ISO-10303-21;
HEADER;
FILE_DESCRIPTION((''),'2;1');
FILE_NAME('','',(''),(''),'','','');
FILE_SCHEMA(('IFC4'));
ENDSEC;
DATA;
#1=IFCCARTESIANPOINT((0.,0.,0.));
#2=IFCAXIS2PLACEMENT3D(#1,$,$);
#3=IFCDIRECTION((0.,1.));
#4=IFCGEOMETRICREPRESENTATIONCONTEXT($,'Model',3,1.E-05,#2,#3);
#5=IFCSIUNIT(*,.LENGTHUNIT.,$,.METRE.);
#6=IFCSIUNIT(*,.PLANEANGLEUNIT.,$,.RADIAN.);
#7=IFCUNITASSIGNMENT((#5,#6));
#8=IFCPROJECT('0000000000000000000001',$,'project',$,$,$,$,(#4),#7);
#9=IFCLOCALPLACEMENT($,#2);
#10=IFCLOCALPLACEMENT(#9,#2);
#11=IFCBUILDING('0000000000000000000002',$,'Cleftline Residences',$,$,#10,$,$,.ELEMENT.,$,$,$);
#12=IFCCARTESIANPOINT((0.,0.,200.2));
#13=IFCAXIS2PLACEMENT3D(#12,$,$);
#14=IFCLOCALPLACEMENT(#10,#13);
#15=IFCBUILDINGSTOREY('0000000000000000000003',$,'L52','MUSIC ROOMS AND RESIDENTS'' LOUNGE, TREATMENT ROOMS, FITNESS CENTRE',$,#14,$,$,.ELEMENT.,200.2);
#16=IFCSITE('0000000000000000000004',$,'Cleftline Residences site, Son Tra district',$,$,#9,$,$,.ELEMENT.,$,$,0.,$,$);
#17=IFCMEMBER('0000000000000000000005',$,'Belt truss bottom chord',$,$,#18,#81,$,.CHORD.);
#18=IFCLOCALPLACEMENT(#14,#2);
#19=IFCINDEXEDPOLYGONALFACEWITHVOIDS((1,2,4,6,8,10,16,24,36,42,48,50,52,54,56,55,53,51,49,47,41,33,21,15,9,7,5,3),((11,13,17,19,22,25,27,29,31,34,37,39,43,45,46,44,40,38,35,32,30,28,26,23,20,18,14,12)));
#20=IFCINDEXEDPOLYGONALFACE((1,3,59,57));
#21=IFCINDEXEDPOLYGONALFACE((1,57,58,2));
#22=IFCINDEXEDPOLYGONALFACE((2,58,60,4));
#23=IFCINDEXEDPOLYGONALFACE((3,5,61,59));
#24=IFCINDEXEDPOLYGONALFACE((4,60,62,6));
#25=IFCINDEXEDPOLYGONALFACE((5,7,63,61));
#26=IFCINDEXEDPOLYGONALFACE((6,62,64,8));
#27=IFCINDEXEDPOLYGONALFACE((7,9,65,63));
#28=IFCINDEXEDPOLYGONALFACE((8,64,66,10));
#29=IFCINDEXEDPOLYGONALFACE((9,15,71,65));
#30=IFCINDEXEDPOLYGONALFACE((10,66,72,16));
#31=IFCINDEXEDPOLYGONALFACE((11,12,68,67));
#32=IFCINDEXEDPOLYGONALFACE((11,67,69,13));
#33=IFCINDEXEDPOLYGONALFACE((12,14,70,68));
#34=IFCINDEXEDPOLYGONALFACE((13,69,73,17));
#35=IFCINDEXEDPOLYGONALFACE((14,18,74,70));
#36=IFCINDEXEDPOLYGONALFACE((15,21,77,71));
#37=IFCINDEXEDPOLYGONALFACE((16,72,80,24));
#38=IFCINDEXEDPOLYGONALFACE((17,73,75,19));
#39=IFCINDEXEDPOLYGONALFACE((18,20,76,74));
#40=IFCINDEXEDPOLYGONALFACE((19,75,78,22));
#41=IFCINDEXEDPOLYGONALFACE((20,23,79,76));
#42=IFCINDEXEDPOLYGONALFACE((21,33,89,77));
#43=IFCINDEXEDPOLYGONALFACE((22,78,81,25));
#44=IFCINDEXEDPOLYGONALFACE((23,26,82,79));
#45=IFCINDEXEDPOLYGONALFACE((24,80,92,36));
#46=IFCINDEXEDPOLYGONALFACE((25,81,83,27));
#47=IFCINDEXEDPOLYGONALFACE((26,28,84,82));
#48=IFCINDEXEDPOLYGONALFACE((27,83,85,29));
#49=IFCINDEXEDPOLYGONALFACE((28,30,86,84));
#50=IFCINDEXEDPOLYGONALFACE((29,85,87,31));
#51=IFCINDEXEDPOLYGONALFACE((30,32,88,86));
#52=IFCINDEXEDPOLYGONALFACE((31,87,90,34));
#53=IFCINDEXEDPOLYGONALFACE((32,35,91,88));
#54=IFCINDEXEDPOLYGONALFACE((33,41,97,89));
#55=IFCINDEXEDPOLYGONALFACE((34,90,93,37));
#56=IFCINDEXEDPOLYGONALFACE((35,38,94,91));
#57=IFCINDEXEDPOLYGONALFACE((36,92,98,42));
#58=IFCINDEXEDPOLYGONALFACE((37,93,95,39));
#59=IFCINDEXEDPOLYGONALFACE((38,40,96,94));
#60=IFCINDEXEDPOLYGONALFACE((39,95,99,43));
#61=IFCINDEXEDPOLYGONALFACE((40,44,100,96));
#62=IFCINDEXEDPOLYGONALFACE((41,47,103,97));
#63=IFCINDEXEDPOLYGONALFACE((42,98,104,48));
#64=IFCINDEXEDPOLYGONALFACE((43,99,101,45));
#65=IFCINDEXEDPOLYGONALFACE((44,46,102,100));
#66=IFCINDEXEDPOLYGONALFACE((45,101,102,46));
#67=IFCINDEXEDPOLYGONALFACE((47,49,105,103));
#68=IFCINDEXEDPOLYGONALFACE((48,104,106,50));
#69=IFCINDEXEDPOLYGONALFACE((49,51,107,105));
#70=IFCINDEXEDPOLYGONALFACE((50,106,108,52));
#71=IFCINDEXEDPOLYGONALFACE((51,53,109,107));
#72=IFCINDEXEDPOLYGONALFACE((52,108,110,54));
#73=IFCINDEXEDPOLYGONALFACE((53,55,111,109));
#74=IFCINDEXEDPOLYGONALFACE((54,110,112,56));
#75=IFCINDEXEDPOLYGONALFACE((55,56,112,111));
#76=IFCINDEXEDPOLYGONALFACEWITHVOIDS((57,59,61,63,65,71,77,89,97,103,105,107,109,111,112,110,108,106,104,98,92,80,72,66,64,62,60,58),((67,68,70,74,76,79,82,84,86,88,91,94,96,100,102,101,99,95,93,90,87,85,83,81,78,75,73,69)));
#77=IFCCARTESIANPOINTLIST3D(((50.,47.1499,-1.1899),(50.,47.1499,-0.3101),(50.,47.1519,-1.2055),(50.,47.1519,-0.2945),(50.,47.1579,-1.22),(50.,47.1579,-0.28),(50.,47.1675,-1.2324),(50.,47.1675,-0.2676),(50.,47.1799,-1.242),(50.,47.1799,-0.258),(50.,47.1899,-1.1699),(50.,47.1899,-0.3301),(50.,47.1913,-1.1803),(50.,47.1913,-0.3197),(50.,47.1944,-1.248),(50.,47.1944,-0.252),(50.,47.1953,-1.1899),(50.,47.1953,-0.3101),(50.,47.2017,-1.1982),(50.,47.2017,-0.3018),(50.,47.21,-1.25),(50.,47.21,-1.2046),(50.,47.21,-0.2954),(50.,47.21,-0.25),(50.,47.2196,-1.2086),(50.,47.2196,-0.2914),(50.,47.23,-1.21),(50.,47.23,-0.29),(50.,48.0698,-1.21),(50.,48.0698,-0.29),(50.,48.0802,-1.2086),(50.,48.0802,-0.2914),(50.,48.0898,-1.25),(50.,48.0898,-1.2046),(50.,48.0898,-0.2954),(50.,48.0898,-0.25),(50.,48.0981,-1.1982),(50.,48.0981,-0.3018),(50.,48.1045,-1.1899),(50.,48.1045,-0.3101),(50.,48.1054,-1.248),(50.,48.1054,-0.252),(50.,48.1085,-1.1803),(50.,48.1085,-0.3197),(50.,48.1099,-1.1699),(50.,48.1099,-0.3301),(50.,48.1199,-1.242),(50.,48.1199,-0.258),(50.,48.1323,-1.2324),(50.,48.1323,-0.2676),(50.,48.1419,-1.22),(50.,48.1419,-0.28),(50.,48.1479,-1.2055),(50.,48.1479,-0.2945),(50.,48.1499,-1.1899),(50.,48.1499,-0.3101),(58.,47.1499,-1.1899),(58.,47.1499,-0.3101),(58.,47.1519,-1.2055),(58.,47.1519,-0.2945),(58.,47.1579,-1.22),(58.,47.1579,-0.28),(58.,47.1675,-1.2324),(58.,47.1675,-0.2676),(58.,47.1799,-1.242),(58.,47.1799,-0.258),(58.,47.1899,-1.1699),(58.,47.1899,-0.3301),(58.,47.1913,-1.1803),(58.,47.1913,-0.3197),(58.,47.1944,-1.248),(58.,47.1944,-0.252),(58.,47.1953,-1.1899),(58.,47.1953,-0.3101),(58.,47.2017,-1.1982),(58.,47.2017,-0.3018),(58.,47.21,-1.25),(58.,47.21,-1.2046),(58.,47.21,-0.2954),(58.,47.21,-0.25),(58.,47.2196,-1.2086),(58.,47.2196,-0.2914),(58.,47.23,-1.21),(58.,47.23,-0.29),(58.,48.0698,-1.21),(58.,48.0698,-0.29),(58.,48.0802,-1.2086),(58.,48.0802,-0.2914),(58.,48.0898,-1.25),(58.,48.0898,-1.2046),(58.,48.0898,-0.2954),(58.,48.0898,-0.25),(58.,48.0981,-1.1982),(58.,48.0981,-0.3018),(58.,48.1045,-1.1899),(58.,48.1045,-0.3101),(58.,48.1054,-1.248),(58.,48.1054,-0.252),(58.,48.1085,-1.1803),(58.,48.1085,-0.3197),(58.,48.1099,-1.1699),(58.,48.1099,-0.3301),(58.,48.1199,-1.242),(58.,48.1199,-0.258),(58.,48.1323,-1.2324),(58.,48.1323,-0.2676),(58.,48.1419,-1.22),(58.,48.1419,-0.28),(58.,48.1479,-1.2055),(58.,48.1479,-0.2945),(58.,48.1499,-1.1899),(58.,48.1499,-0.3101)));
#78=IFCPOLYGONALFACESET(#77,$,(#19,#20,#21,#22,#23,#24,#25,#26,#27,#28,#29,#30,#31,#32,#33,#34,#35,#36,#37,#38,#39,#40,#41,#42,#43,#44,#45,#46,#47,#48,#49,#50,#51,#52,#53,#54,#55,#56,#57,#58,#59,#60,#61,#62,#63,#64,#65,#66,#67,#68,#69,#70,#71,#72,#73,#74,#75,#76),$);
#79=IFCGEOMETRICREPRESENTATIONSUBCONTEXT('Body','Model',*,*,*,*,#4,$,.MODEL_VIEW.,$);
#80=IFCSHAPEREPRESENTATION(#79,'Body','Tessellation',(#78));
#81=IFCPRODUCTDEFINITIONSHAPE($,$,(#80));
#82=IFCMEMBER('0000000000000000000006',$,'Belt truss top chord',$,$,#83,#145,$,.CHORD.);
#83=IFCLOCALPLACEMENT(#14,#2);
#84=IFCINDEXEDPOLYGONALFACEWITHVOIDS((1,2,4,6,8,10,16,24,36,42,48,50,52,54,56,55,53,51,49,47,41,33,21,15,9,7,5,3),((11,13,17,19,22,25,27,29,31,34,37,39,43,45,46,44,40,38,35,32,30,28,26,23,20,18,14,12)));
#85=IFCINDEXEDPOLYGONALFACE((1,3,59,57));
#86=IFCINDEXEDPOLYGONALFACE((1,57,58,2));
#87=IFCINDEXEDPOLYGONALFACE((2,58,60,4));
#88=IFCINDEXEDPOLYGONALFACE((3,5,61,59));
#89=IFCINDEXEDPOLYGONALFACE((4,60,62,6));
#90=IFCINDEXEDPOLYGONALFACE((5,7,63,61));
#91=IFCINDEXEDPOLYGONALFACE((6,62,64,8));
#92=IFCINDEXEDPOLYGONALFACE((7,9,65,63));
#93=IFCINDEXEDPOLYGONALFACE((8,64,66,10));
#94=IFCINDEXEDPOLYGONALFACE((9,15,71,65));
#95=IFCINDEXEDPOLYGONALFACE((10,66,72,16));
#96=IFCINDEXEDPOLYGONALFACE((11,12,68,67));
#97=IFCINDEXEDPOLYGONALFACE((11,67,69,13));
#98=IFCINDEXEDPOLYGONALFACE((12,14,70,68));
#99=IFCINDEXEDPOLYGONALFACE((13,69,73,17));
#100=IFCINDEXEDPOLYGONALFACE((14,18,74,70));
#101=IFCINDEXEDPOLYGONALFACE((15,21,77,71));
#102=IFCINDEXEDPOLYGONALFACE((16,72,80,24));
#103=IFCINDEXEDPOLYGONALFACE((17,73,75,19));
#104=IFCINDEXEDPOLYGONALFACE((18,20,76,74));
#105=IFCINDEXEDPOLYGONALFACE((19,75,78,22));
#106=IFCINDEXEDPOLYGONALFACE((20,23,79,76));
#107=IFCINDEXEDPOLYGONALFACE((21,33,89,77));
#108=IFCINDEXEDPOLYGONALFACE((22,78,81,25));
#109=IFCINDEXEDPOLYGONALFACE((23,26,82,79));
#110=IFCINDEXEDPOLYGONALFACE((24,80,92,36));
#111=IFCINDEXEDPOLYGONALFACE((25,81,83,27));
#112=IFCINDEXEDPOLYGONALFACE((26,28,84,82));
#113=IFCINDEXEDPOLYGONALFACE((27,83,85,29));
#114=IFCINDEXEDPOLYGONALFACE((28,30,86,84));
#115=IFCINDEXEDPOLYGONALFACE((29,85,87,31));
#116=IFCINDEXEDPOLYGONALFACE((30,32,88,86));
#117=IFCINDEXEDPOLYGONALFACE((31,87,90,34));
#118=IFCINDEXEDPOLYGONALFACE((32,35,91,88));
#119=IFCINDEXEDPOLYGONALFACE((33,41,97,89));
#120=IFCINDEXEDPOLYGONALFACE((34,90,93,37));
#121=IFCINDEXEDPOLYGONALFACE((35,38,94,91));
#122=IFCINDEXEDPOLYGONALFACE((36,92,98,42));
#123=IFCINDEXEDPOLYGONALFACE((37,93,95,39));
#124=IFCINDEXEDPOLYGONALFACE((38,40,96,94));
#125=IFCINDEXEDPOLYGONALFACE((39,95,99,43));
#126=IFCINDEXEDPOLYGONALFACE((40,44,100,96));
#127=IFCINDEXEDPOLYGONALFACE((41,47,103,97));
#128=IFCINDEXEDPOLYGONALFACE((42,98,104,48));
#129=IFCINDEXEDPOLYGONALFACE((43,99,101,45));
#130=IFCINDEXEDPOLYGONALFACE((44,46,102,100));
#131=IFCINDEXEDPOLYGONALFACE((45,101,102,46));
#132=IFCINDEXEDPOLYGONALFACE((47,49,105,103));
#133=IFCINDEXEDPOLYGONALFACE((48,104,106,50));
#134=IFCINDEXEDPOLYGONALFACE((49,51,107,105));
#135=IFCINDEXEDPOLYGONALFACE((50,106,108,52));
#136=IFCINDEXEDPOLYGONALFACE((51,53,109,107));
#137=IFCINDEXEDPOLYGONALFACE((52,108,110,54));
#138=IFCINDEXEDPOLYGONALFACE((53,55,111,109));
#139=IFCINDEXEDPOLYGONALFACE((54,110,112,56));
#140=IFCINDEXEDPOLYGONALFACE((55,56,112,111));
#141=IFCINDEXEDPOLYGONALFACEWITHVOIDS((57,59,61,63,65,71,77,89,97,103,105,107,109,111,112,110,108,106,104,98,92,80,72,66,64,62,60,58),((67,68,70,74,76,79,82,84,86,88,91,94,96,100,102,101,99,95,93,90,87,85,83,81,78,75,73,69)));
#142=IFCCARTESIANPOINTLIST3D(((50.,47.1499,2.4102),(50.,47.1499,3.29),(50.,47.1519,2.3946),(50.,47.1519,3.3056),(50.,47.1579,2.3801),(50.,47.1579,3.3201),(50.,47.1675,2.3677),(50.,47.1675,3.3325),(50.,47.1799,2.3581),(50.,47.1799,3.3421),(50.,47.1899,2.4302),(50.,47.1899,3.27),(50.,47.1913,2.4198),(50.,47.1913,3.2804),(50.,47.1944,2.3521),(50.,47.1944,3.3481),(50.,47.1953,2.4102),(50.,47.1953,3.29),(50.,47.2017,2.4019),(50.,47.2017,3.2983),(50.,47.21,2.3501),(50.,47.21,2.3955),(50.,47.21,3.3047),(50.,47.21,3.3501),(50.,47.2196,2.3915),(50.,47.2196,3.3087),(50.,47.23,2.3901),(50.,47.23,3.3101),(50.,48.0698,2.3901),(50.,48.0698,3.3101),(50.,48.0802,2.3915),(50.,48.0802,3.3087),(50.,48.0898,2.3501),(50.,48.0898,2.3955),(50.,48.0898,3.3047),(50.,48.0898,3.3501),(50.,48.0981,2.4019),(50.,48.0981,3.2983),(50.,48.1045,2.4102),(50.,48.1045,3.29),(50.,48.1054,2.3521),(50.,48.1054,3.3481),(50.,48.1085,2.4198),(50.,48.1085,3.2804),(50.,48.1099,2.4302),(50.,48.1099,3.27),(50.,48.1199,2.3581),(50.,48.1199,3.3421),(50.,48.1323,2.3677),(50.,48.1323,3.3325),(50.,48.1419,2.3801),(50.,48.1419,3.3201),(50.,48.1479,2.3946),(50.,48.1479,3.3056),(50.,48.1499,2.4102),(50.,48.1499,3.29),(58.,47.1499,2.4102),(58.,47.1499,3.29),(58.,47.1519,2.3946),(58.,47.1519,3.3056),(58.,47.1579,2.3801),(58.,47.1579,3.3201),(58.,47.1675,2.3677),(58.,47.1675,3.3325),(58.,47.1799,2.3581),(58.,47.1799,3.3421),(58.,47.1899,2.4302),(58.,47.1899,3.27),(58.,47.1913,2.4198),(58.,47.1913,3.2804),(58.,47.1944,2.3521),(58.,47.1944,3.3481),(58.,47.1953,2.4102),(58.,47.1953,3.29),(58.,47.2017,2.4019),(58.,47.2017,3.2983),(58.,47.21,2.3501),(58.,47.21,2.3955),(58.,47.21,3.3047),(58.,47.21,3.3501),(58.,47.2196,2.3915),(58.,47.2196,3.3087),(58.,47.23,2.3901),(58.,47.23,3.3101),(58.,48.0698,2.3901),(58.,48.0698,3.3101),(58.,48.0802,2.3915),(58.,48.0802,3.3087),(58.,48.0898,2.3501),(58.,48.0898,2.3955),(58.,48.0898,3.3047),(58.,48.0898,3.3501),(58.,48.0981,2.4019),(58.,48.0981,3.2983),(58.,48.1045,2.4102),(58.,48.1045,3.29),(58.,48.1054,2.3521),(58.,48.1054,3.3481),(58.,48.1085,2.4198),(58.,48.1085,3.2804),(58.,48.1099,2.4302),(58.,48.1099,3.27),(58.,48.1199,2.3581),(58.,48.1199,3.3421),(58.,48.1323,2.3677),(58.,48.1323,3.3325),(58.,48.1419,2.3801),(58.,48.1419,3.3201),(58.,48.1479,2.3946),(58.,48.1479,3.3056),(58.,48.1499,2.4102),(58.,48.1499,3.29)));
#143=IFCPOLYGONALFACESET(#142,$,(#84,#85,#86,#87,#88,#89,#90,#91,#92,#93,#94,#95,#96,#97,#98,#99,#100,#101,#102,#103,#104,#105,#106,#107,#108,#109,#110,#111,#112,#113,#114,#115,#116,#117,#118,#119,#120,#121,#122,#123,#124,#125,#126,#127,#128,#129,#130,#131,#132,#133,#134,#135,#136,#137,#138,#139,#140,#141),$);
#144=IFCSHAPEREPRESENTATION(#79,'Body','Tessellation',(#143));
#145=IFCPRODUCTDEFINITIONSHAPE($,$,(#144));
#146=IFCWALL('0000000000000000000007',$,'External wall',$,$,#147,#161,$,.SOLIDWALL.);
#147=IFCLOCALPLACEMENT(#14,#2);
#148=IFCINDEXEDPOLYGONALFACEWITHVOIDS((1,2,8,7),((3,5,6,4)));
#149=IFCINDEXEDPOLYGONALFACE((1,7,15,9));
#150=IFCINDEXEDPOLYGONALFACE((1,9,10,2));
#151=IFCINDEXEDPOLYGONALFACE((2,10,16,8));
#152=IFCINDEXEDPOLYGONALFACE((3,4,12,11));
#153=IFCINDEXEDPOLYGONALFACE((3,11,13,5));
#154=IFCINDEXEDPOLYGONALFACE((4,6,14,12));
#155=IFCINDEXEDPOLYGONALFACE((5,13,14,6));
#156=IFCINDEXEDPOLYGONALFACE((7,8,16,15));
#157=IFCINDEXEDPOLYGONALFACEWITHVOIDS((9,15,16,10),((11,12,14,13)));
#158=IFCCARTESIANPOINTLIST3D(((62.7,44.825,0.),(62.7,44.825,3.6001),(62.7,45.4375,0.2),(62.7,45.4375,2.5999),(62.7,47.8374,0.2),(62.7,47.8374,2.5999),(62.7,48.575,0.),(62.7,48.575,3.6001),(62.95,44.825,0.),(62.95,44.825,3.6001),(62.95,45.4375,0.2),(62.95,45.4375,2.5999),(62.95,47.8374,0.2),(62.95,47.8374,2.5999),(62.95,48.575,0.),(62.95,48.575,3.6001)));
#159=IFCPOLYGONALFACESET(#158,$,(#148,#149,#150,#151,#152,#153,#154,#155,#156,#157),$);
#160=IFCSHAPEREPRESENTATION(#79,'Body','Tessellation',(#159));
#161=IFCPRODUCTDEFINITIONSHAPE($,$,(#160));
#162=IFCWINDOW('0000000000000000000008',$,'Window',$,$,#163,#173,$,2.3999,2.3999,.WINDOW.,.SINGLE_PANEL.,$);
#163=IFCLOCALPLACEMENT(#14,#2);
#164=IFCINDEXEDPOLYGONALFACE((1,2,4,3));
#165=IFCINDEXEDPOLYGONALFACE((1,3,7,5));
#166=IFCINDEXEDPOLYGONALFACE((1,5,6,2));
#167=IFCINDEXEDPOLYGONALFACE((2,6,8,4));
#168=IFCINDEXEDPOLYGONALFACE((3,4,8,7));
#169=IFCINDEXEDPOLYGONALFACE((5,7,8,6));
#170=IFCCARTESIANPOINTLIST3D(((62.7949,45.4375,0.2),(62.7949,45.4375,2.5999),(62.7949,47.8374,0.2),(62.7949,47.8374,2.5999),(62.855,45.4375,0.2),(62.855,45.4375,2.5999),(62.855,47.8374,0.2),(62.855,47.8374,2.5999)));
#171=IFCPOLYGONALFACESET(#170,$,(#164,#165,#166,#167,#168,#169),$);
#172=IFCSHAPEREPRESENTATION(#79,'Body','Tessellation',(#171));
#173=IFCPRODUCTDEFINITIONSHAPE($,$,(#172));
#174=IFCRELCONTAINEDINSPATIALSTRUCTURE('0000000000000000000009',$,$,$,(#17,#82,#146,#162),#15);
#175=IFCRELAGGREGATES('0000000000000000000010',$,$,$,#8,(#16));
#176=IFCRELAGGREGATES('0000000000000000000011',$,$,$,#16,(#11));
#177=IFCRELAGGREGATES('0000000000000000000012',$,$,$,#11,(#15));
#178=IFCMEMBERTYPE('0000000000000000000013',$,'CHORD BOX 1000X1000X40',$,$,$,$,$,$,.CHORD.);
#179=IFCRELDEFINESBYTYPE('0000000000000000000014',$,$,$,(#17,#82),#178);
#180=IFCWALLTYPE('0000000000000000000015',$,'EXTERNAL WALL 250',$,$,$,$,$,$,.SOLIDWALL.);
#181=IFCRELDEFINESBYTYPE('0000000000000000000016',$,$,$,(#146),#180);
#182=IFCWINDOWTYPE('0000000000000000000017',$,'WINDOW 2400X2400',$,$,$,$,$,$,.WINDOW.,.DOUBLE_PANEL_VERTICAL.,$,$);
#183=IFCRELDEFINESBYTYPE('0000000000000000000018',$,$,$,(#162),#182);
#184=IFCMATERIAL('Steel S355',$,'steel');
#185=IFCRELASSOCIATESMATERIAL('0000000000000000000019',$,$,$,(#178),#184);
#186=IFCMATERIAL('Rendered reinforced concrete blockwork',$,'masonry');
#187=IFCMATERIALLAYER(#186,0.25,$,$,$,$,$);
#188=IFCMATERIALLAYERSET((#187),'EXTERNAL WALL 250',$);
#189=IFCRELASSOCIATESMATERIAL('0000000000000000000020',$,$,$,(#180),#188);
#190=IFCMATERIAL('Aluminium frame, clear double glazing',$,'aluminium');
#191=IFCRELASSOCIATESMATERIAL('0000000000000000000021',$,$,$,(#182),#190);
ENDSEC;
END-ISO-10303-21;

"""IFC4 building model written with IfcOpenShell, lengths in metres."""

from ifc_helpers import new_model, si_unit, direction, frame, frame_2d, origin, origin_2d, place, context, subcontext, project, spatial, rectangle, hollow_rectangle, extrude, material, layer, layer_set, material_profile, profile_set, type_object, element, fill, save


model = new_model("IFC4")

# Units and contexts
model_context = context("Model", 3, precision=1e-05, world=origin(), true_north=direction((0.0, 1.0)))
body_context = subcontext(model_context, "Body", "Model", "MODEL_VIEW")
ifc_project = project(units=[si_unit("LENGTHUNIT", "METRE"), si_unit("PLANEANGLEUNIT", "RADIAN")], contexts=[model_context])

# Site, building, storey
site_placement = place(None, origin())
site = spatial("IfcSite", under=ifc_project, at=site_placement, Name="Cleftline Residences site, Son Tra district", CompositionType="ELEMENT", RefElevation=0.0)
building_placement = place(site_placement, origin())
building = spatial("IfcBuilding", under=site, at=building_placement, Name="Cleftline Residences", CompositionType="ELEMENT")
storey_placement = place(building_placement, frame((0.0, 0.0, 200.2)))
storey = spatial("IfcBuildingStorey", under=building, at=storey_placement, Name="L52", Description="MUSIC ROOMS AND RESIDENTS' LOUNGE, TREATMENT ROOMS, FITNESS CENTRE", CompositionType="ELEMENT", Elevation=200.2)

# Members
ifc_material_1 = material(Name="Steel S355", Category="steel")
ifc_material_profile_1 = material_profile(ifc_material_1, hollow_rectangle(XDim=1.0, YDim=1.0, WallThickness=0.04, InnerFilletRadius=0.04, OuterFilletRadius=0.0601, at=origin_2d()))
ifc_profile_set_1 = profile_set([ifc_material_profile_1], Name="Steel S355")
member_type_1 = type_object("IfcMemberType", Name="CHORD BOX 1000X1000X40", PredefinedType="CHORD", material=ifc_profile_set_1)
for number, where, z_axis, x_axis, name in (
    (1, (50.0, 47.6499, -0.75), (1.0, 0.0, 0.0), (0.0, 1.0, 0.0), "Belt truss bottom chord"),
    (2, (50.0, 47.6499, 2.8501), (1.0, 0.0, 0.0), (0.0, 1.0, 0.0), "Belt truss top chord"),
):
    element("IfcMember", number, at=place(storey_placement, frame(where, z_axis=z_axis, x_axis=x_axis)), inside=storey, type_object=member_type_1, Name=name, PredefinedType="CHORD", context=body_context, shape_type="SweptSolid", body=[
        extrude(hollow_rectangle(XDim=1.0, YDim=1.0, WallThickness=0.04, InnerFilletRadius=0.04, OuterFilletRadius=0.0601, at=origin_2d()), origin(), (0.0, 0.0, 1.0), 8.0),
    ])

# Wall, opening, window
ifc_material_2 = material(Name="Rendered reinforced concrete blockwork", Category="masonry")
ifc_layer_1 = layer(ifc_material_2, 0.25)
ifc_layer_set_1 = layer_set([ifc_layer_1], Name="EXTERNAL WALL 250")
wall_type_1 = type_object("IfcWallType", Name="EXTERNAL WALL 250", PredefinedType="SOLIDWALL", material=ifc_layer_set_1)
wall_1_placement = place(storey_placement, frame((62.825, 44.825, 0.0), z_axis=(0.0, 0.0, 1.0), x_axis=(0.0, 1.0, 0.0)))
wall_1 = element("IfcWall", 3, at=wall_1_placement, inside=storey, type_object=wall_type_1, Name="External wall", PredefinedType="SOLIDWALL", context=body_context, shape_type="SweptSolid", body=[
    extrude(rectangle(XDim=3.75, YDim=0.25, at=frame_2d((1.875, 0.0))), origin(), (0.0, 0.0, 1.0), 3.6001),
])
opening_1_placement = place(wall_1_placement, frame((0.6125, 0.0, 0.2)))
opening_1 = element("IfcOpeningElement", 4, at=opening_1_placement, cuts=wall_1, PredefinedType="OPENING", context=body_context, shape_type="SweptSolid", body=[
    extrude(rectangle(XDim=2.3999, YDim=2.3999, at=frame_2d((1.2, 1.2))), frame((0.0, 0.135, 0.0), z_axis=(0.0, -1.0, 0.0), x_axis=(1.0, 0.0, 0.0)), (0.0, 0.0, 1.0), 0.27),
])
ifc_material_3 = material(Name="Aluminium frame, clear double glazing", Category="aluminium")
window_type_1 = type_object("IfcWindowType", Name="WINDOW 2400X2400", PartitioningType="DOUBLE_PANEL_VERTICAL", PredefinedType="WINDOW", material=ifc_material_3)
window_1_placement = place(opening_1_placement, origin())
window_1 = element("IfcWindow", 5, at=window_1_placement, inside=storey, type_object=window_type_1, Name="Window", OverallHeight=2.3999, OverallWidth=2.3999, PartitioningType="SINGLE_PANEL", PredefinedType="WINDOW", context=body_context, shape_type="SweptSolid", body=[
    extrude(rectangle(XDim=2.3999, YDim=2.3999, at=frame_2d((1.2, 1.2))), frame((0.0, 0.03, 0.0), z_axis=(0.0, -1.0, 0.0), x_axis=(1.0, 0.0, 0.0)), (0.0, 0.0, 1.0), 0.0601),
])
fill(opening_1, window_1)

save(model, "model.ifc")
